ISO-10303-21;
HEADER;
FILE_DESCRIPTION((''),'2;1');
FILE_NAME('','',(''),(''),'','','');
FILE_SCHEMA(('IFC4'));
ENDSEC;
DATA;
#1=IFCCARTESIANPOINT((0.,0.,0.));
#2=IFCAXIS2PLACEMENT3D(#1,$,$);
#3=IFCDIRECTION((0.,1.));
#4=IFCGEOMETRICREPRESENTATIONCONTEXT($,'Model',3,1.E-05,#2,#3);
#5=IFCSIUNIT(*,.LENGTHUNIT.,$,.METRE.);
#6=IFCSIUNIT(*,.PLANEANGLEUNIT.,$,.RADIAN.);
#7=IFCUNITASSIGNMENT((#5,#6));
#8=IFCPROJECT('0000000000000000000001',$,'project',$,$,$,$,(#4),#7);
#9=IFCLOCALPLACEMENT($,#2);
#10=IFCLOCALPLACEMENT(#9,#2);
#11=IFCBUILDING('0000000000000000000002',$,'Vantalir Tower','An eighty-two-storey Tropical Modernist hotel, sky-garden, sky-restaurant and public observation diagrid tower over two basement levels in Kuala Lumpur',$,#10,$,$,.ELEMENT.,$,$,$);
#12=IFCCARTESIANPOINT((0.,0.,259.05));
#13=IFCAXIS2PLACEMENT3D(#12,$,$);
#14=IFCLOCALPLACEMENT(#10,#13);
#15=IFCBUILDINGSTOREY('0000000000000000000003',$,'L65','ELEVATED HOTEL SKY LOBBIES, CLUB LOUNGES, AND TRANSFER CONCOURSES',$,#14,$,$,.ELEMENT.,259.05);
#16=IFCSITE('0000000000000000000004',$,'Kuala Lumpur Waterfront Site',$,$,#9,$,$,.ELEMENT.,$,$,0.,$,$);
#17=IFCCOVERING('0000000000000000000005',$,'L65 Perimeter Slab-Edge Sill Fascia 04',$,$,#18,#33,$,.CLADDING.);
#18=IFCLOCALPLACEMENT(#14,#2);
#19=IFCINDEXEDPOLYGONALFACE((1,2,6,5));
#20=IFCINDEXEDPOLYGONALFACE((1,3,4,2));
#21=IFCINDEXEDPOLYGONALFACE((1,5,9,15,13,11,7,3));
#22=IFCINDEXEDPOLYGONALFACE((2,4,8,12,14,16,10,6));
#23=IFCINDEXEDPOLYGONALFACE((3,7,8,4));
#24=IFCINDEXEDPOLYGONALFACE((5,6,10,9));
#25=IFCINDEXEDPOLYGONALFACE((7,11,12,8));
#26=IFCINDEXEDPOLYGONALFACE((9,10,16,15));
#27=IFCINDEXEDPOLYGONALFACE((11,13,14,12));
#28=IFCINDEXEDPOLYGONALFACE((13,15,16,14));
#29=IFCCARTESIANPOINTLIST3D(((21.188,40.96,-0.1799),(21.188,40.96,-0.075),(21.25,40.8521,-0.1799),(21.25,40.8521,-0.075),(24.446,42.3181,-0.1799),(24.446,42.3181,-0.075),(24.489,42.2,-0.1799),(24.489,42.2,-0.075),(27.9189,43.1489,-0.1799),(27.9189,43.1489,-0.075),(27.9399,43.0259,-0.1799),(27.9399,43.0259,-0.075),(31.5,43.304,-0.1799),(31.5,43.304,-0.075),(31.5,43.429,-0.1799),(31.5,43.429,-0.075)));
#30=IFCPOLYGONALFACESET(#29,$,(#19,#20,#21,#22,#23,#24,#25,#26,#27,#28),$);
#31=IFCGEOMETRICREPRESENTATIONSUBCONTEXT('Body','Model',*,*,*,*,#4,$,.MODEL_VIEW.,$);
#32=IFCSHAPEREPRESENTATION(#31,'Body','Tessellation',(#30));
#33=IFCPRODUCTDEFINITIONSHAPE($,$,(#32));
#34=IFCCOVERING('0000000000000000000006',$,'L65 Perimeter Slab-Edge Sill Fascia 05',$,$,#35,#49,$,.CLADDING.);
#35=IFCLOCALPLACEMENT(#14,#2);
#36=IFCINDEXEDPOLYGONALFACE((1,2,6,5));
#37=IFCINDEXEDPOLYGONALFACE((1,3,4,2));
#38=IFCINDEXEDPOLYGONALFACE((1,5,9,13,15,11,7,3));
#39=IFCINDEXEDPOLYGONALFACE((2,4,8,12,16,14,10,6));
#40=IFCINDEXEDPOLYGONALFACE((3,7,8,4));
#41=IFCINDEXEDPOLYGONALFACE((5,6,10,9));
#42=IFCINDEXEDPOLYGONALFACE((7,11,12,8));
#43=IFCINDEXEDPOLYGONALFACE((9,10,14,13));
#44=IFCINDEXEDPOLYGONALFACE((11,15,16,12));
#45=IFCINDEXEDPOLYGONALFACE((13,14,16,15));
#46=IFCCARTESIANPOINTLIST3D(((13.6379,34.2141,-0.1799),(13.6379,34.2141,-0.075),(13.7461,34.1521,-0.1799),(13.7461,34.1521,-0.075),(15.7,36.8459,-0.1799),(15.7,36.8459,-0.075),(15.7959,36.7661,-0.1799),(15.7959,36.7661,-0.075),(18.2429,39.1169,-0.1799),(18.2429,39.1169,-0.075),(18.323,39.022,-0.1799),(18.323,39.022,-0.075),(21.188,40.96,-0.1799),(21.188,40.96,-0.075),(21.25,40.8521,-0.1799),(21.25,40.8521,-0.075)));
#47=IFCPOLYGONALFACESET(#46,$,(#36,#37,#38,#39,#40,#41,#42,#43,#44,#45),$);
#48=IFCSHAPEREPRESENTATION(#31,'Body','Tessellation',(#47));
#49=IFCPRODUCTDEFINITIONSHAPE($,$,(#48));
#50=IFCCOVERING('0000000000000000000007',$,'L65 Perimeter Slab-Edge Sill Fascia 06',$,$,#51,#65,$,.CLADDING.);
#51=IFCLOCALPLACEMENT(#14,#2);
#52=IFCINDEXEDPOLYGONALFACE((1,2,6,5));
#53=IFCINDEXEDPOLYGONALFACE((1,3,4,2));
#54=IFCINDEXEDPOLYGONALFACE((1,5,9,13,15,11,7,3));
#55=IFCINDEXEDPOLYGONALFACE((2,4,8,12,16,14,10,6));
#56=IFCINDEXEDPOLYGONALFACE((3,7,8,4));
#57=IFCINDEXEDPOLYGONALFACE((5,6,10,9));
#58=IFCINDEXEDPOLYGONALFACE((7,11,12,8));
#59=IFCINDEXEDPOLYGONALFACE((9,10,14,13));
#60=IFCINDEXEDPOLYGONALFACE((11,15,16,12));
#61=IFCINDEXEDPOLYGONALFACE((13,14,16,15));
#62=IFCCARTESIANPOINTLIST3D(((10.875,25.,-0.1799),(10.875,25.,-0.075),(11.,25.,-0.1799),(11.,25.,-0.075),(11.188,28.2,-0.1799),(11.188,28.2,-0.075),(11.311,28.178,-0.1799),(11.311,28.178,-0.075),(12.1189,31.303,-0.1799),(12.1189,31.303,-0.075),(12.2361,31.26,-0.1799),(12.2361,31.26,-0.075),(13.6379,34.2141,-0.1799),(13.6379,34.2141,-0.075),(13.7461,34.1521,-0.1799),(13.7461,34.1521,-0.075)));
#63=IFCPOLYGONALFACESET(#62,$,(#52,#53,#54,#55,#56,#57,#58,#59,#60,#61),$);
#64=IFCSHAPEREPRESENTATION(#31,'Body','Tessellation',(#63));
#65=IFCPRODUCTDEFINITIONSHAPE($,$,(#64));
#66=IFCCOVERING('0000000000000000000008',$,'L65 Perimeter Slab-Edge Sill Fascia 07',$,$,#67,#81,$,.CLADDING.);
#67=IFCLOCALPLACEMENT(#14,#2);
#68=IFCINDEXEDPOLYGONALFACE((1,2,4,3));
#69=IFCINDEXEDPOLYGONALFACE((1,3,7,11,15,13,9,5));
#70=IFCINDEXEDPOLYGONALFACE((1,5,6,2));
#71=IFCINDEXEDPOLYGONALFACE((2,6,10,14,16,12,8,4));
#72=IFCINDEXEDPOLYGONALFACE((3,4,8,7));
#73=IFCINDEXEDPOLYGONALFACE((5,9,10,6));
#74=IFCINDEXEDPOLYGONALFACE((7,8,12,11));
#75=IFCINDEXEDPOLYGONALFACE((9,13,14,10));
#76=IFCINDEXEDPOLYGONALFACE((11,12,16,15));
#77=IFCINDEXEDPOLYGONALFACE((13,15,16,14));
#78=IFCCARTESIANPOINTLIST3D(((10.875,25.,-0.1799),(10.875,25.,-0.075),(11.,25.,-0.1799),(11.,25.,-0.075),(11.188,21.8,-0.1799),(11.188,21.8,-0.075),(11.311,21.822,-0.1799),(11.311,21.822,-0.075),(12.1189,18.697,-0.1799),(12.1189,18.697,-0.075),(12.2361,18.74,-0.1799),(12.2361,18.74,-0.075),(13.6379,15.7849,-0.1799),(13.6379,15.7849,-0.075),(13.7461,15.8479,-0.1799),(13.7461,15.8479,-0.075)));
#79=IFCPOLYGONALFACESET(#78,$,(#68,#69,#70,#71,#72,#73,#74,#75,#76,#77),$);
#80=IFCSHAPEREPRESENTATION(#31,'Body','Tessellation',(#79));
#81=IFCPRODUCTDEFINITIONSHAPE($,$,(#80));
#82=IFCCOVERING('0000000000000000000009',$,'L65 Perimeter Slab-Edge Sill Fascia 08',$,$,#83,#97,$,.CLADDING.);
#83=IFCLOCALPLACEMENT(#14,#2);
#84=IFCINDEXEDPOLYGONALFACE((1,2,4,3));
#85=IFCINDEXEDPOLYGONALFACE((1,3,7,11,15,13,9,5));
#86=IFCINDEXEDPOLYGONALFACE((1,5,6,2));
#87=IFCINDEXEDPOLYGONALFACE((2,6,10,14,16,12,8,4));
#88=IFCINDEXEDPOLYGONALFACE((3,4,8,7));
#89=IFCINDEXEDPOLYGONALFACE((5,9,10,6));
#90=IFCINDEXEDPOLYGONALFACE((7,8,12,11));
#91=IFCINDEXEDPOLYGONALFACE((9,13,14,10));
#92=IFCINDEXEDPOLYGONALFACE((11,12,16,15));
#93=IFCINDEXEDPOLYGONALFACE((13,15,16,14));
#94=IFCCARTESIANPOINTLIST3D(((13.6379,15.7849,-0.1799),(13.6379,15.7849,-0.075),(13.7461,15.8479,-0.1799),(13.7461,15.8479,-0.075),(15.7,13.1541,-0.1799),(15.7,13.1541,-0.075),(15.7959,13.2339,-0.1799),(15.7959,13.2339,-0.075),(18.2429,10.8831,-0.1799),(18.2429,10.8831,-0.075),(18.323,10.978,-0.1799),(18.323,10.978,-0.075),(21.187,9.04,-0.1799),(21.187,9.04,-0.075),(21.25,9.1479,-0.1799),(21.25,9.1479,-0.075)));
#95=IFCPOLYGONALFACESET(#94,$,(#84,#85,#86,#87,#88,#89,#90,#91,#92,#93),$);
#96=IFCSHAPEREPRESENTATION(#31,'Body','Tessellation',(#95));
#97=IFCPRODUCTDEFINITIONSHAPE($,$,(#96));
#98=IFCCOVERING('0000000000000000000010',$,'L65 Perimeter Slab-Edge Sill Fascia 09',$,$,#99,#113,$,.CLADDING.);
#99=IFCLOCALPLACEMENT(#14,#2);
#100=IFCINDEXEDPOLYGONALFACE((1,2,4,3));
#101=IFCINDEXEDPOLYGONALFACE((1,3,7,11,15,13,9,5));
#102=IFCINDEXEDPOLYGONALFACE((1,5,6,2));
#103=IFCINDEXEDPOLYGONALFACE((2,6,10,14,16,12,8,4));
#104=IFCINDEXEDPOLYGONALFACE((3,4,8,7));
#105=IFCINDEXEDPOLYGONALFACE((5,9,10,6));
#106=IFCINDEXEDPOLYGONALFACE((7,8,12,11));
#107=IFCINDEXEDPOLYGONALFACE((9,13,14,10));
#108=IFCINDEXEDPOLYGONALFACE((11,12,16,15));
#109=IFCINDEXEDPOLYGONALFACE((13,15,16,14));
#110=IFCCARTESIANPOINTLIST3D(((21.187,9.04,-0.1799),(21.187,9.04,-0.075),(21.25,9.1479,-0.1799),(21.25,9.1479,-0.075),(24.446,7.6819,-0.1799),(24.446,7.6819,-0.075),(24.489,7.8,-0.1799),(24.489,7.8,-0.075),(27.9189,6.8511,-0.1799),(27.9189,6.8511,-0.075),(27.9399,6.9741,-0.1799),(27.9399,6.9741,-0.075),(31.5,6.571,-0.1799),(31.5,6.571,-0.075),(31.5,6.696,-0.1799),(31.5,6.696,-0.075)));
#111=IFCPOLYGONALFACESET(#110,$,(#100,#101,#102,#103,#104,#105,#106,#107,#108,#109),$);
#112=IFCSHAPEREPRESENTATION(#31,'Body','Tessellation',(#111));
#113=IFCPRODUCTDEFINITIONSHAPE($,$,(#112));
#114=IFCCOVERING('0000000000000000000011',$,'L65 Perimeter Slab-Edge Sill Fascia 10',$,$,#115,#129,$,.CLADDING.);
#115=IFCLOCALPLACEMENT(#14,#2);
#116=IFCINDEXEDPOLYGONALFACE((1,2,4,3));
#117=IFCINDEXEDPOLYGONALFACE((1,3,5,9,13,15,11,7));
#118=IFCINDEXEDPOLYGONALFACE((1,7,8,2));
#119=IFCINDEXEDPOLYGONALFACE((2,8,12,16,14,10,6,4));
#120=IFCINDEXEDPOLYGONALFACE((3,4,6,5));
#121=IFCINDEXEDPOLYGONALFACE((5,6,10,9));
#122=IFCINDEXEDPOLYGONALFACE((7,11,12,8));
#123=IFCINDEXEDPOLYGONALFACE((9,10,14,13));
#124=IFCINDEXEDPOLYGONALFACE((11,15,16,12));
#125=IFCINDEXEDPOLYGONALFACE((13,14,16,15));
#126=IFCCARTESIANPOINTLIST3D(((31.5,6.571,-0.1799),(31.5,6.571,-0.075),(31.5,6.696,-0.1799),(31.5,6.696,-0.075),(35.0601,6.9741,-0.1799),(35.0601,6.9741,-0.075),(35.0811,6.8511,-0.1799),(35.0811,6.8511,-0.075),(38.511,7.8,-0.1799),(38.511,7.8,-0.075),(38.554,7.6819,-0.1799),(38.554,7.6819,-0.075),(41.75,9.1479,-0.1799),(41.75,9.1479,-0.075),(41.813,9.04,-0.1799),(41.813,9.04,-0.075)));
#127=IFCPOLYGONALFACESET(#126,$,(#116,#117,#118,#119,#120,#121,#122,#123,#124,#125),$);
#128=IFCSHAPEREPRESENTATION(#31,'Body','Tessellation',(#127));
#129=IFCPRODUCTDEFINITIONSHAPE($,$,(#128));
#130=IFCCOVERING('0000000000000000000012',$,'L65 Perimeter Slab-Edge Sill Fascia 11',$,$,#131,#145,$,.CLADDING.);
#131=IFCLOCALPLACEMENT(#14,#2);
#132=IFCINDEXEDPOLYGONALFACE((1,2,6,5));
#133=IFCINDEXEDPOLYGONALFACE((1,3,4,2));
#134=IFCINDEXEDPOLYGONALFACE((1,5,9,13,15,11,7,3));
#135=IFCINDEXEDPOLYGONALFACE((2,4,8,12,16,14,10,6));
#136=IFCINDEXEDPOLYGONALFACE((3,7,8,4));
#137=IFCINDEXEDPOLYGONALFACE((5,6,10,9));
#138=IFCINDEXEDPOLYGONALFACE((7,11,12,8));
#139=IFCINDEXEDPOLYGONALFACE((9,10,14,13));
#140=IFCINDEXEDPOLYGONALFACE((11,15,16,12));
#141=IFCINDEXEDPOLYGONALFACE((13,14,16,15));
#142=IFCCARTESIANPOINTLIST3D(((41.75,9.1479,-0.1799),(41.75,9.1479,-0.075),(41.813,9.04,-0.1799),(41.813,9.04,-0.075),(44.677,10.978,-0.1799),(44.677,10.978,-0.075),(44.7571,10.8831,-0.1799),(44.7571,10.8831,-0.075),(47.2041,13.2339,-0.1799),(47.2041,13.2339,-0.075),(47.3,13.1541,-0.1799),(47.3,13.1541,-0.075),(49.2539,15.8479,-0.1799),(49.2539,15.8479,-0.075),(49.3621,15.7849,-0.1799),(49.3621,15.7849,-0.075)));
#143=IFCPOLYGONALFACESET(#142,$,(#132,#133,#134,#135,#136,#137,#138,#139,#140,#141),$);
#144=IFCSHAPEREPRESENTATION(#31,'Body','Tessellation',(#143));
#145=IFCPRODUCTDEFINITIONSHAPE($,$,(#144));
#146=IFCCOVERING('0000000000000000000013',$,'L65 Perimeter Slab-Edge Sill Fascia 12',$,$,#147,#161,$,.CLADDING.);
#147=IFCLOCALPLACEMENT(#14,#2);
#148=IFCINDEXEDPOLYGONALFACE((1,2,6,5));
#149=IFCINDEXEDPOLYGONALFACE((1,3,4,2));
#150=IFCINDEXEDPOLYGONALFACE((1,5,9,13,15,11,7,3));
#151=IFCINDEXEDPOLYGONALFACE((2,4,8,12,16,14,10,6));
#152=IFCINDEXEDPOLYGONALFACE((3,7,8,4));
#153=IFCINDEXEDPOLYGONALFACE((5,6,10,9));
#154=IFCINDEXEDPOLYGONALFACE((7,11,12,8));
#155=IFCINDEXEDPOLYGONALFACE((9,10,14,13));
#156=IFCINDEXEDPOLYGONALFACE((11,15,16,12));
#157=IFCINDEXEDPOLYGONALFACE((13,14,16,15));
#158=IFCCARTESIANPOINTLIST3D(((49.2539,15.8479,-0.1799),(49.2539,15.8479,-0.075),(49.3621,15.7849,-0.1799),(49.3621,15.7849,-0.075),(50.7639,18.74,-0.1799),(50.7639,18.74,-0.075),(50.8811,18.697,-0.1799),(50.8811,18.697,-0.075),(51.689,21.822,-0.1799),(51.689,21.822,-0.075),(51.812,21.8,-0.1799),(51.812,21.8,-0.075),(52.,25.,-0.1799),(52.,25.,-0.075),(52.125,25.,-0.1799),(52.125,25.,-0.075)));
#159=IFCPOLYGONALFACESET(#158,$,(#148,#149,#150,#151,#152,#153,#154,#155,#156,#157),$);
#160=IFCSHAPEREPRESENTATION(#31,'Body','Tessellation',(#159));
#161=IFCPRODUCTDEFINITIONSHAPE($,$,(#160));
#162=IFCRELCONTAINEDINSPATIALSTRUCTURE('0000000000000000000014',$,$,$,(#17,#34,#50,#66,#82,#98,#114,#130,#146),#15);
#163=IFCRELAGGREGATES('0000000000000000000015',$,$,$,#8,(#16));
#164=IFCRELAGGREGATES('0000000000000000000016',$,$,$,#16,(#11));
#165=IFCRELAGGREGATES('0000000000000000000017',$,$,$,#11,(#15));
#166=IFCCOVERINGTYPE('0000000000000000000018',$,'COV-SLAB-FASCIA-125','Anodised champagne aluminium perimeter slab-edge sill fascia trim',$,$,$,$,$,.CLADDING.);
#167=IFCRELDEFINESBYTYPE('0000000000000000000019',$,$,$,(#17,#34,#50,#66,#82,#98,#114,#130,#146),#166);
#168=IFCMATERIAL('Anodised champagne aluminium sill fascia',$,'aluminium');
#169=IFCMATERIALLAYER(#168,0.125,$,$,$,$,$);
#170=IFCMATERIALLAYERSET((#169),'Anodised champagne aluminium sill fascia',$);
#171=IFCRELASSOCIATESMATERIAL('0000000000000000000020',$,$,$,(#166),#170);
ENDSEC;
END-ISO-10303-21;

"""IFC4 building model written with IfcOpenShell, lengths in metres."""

from ifc_helpers import new_model, si_unit, direction, frame, origin, place, context, subcontext, project, spatial, polyline, outline, extrude, material, layer, layer_set, type_object, element, save


model = new_model("IFC4")

# Units and contexts
model_context = context("Model", 3, precision=1e-05, world=origin(), true_north=direction((0.0, 1.0)))
body_context = subcontext(model_context, "Body", "Model", "MODEL_VIEW")
ifc_project = project(units=[si_unit("LENGTHUNIT", "METRE"), si_unit("PLANEANGLEUNIT", "RADIAN")], contexts=[model_context])

# Site, building, storey
site_placement = place(None, origin())
site = spatial("IfcSite", under=ifc_project, at=site_placement, Name="Kuala Lumpur Waterfront Site", CompositionType="ELEMENT", RefElevation=0.0)
building_placement = place(site_placement, origin())
building = spatial("IfcBuilding", under=site, at=building_placement, Name="Vantalir Tower", Description="An eighty-two-storey Tropical Modernist hotel, sky-garden, sky-restaurant and public observation diagrid tower over two basement levels in Kuala Lumpur", CompositionType="ELEMENT")
storey_placement = place(building_placement, frame((0.0, 0.0, 259.05)))
storey = spatial("IfcBuildingStorey", under=building, at=storey_placement, Name="L65", Description="ELEVATED HOTEL SKY LOBBIES, CLUB LOUNGES, AND TRANSFER CONCOURSES", CompositionType="ELEMENT", Elevation=259.05)

# Coverings
ifc_material_1 = material(Name="Anodised champagne aluminium sill fascia", Category="aluminium")
ifc_layer_1 = layer(ifc_material_1, 0.125)
ifc_layer_set_1 = layer_set([ifc_layer_1], Name="Anodised champagne aluminium sill fascia")
covering_type = type_object("IfcCoveringType", Name="COV-SLAB-FASCIA-125", Description="Anodised champagne aluminium perimeter slab-edge sill fascia trim", PredefinedType="CLADDING", material=ifc_layer_set_1)
covering_1_placement = place(storey_placement, frame((0.0, 0.0, -0.1799)))
element("IfcCovering", 1, at=covering_1_placement, inside=storey, type_object=covering_type, Name="L65 Perimeter Slab-Edge Sill Fascia 04", PredefinedType="CLADDING", context=body_context, shape_type="SweptSolid", body=[
    extrude(outline(polyline([(31.5, 43.429), (27.9189, 43.1489), (24.446, 42.3181), (21.188, 40.96), (21.25, 40.8521), (24.489, 42.2), (27.9399, 43.0259), (31.5, 43.304), (31.5, 43.429)])), origin(), (0.0, 0.0, 1.0), 0.105),
])
covering_2_placement = place(storey_placement, frame((0.0, 0.0, -0.1799)))
element("IfcCovering", 2, at=covering_2_placement, inside=storey, type_object=covering_type, Name="L65 Perimeter Slab-Edge Sill Fascia 05", PredefinedType="CLADDING", context=body_context, shape_type="SweptSolid", body=[
    extrude(outline(polyline([(21.188, 40.96), (18.2429, 39.1169), (15.7, 36.8459), (13.6379, 34.2141), (13.7461, 34.1521), (15.7959, 36.7661), (18.323, 39.022), (21.25, 40.8521), (21.188, 40.96)])), origin(), (0.0, 0.0, 1.0), 0.105),
])
covering_3_placement = place(storey_placement, frame((0.0, 0.0, -0.1799)))
element("IfcCovering", 3, at=covering_3_placement, inside=storey, type_object=covering_type, Name="L65 Perimeter Slab-Edge Sill Fascia 06", PredefinedType="CLADDING", context=body_context, shape_type="SweptSolid", body=[
    extrude(outline(polyline([(13.6379, 34.2141), (12.1189, 31.303), (11.188, 28.2), (10.875, 25.0), (11.0, 25.0), (11.311, 28.178), (12.2361, 31.26), (13.7461, 34.1521), (13.6379, 34.2141)])), origin(), (0.0, 0.0, 1.0), 0.105),
])
covering_4_placement = place(storey_placement, frame((0.0, 0.0, -0.1799)))
element("IfcCovering", 4, at=covering_4_placement, inside=storey, type_object=covering_type, Name="L65 Perimeter Slab-Edge Sill Fascia 07", PredefinedType="CLADDING", context=body_context, shape_type="SweptSolid", body=[
    extrude(outline(polyline([(10.875, 25.0), (11.188, 21.8), (12.1189, 18.697), (13.6379, 15.7849), (13.7461, 15.8479), (12.2361, 18.74), (11.311, 21.822), (11.0, 25.0), (10.875, 25.0)])), origin(), (0.0, 0.0, 1.0), 0.105),
])
covering_5_placement = place(storey_placement, frame((0.0, 0.0, -0.1799)))
element("IfcCovering", 5, at=covering_5_placement, inside=storey, type_object=covering_type, Name="L65 Perimeter Slab-Edge Sill Fascia 08", PredefinedType="CLADDING", context=body_context, shape_type="SweptSolid", body=[
    extrude(outline(polyline([(13.6379, 15.7849), (15.7, 13.1541), (18.2429, 10.8831), (21.187, 9.04), (21.25, 9.1479), (18.323, 10.978), (15.7959, 13.2339), (13.7461, 15.8479), (13.6379, 15.7849)])), origin(), (0.0, 0.0, 1.0), 0.105),
])
covering_6_placement = place(storey_placement, frame((0.0, 0.0, -0.1799)))
element("IfcCovering", 6, at=covering_6_placement, inside=storey, type_object=covering_type, Name="L65 Perimeter Slab-Edge Sill Fascia 09", PredefinedType="CLADDING", context=body_context, shape_type="SweptSolid", body=[
    extrude(outline(polyline([(21.187, 9.04), (24.446, 7.6819), (27.9189, 6.8511), (31.5, 6.571), (31.5, 6.696), (27.9399, 6.9741), (24.489, 7.8), (21.25, 9.1479), (21.187, 9.04)])), origin(), (0.0, 0.0, 1.0), 0.105),
])
covering_7_placement = place(storey_placement, frame((0.0, 0.0, -0.1799)))
element("IfcCovering", 7, at=covering_7_placement, inside=storey, type_object=covering_type, Name="L65 Perimeter Slab-Edge Sill Fascia 10", PredefinedType="CLADDING", context=body_context, shape_type="SweptSolid", body=[
    extrude(outline(polyline([(31.5, 6.571), (35.0811, 6.8511), (38.554, 7.6819), (41.813, 9.04), (41.75, 9.1479), (38.511, 7.8), (35.0601, 6.9741), (31.5, 6.696), (31.5, 6.571)])), origin(), (0.0, 0.0, 1.0), 0.105),
])
covering_8_placement = place(storey_placement, frame((0.0, 0.0, -0.1799)))
element("IfcCovering", 8, at=covering_8_placement, inside=storey, type_object=covering_type, Name="L65 Perimeter Slab-Edge Sill Fascia 11", PredefinedType="CLADDING", context=body_context, shape_type="SweptSolid", body=[
    extrude(outline(polyline([(41.813, 9.04), (44.7571, 10.8831), (47.3, 13.1541), (49.3621, 15.7849), (49.2539, 15.8479), (47.2041, 13.2339), (44.677, 10.978), (41.75, 9.1479), (41.813, 9.04)])), origin(), (0.0, 0.0, 1.0), 0.105),
])
covering_9_placement = place(storey_placement, frame((0.0, 0.0, -0.1799)))
element("IfcCovering", 9, at=covering_9_placement, inside=storey, type_object=covering_type, Name="L65 Perimeter Slab-Edge Sill Fascia 12", PredefinedType="CLADDING", context=body_context, shape_type="SweptSolid", body=[
    extrude(outline(polyline([(49.3621, 15.7849), (50.8811, 18.697), (51.812, 21.8), (52.125, 25.0), (52.0, 25.0), (51.689, 21.822), (50.7639, 18.74), (49.2539, 15.8479), (49.3621, 15.7849)])), origin(), (0.0, 0.0, 1.0), 0.105),
])

save(model, "model.ifc")
